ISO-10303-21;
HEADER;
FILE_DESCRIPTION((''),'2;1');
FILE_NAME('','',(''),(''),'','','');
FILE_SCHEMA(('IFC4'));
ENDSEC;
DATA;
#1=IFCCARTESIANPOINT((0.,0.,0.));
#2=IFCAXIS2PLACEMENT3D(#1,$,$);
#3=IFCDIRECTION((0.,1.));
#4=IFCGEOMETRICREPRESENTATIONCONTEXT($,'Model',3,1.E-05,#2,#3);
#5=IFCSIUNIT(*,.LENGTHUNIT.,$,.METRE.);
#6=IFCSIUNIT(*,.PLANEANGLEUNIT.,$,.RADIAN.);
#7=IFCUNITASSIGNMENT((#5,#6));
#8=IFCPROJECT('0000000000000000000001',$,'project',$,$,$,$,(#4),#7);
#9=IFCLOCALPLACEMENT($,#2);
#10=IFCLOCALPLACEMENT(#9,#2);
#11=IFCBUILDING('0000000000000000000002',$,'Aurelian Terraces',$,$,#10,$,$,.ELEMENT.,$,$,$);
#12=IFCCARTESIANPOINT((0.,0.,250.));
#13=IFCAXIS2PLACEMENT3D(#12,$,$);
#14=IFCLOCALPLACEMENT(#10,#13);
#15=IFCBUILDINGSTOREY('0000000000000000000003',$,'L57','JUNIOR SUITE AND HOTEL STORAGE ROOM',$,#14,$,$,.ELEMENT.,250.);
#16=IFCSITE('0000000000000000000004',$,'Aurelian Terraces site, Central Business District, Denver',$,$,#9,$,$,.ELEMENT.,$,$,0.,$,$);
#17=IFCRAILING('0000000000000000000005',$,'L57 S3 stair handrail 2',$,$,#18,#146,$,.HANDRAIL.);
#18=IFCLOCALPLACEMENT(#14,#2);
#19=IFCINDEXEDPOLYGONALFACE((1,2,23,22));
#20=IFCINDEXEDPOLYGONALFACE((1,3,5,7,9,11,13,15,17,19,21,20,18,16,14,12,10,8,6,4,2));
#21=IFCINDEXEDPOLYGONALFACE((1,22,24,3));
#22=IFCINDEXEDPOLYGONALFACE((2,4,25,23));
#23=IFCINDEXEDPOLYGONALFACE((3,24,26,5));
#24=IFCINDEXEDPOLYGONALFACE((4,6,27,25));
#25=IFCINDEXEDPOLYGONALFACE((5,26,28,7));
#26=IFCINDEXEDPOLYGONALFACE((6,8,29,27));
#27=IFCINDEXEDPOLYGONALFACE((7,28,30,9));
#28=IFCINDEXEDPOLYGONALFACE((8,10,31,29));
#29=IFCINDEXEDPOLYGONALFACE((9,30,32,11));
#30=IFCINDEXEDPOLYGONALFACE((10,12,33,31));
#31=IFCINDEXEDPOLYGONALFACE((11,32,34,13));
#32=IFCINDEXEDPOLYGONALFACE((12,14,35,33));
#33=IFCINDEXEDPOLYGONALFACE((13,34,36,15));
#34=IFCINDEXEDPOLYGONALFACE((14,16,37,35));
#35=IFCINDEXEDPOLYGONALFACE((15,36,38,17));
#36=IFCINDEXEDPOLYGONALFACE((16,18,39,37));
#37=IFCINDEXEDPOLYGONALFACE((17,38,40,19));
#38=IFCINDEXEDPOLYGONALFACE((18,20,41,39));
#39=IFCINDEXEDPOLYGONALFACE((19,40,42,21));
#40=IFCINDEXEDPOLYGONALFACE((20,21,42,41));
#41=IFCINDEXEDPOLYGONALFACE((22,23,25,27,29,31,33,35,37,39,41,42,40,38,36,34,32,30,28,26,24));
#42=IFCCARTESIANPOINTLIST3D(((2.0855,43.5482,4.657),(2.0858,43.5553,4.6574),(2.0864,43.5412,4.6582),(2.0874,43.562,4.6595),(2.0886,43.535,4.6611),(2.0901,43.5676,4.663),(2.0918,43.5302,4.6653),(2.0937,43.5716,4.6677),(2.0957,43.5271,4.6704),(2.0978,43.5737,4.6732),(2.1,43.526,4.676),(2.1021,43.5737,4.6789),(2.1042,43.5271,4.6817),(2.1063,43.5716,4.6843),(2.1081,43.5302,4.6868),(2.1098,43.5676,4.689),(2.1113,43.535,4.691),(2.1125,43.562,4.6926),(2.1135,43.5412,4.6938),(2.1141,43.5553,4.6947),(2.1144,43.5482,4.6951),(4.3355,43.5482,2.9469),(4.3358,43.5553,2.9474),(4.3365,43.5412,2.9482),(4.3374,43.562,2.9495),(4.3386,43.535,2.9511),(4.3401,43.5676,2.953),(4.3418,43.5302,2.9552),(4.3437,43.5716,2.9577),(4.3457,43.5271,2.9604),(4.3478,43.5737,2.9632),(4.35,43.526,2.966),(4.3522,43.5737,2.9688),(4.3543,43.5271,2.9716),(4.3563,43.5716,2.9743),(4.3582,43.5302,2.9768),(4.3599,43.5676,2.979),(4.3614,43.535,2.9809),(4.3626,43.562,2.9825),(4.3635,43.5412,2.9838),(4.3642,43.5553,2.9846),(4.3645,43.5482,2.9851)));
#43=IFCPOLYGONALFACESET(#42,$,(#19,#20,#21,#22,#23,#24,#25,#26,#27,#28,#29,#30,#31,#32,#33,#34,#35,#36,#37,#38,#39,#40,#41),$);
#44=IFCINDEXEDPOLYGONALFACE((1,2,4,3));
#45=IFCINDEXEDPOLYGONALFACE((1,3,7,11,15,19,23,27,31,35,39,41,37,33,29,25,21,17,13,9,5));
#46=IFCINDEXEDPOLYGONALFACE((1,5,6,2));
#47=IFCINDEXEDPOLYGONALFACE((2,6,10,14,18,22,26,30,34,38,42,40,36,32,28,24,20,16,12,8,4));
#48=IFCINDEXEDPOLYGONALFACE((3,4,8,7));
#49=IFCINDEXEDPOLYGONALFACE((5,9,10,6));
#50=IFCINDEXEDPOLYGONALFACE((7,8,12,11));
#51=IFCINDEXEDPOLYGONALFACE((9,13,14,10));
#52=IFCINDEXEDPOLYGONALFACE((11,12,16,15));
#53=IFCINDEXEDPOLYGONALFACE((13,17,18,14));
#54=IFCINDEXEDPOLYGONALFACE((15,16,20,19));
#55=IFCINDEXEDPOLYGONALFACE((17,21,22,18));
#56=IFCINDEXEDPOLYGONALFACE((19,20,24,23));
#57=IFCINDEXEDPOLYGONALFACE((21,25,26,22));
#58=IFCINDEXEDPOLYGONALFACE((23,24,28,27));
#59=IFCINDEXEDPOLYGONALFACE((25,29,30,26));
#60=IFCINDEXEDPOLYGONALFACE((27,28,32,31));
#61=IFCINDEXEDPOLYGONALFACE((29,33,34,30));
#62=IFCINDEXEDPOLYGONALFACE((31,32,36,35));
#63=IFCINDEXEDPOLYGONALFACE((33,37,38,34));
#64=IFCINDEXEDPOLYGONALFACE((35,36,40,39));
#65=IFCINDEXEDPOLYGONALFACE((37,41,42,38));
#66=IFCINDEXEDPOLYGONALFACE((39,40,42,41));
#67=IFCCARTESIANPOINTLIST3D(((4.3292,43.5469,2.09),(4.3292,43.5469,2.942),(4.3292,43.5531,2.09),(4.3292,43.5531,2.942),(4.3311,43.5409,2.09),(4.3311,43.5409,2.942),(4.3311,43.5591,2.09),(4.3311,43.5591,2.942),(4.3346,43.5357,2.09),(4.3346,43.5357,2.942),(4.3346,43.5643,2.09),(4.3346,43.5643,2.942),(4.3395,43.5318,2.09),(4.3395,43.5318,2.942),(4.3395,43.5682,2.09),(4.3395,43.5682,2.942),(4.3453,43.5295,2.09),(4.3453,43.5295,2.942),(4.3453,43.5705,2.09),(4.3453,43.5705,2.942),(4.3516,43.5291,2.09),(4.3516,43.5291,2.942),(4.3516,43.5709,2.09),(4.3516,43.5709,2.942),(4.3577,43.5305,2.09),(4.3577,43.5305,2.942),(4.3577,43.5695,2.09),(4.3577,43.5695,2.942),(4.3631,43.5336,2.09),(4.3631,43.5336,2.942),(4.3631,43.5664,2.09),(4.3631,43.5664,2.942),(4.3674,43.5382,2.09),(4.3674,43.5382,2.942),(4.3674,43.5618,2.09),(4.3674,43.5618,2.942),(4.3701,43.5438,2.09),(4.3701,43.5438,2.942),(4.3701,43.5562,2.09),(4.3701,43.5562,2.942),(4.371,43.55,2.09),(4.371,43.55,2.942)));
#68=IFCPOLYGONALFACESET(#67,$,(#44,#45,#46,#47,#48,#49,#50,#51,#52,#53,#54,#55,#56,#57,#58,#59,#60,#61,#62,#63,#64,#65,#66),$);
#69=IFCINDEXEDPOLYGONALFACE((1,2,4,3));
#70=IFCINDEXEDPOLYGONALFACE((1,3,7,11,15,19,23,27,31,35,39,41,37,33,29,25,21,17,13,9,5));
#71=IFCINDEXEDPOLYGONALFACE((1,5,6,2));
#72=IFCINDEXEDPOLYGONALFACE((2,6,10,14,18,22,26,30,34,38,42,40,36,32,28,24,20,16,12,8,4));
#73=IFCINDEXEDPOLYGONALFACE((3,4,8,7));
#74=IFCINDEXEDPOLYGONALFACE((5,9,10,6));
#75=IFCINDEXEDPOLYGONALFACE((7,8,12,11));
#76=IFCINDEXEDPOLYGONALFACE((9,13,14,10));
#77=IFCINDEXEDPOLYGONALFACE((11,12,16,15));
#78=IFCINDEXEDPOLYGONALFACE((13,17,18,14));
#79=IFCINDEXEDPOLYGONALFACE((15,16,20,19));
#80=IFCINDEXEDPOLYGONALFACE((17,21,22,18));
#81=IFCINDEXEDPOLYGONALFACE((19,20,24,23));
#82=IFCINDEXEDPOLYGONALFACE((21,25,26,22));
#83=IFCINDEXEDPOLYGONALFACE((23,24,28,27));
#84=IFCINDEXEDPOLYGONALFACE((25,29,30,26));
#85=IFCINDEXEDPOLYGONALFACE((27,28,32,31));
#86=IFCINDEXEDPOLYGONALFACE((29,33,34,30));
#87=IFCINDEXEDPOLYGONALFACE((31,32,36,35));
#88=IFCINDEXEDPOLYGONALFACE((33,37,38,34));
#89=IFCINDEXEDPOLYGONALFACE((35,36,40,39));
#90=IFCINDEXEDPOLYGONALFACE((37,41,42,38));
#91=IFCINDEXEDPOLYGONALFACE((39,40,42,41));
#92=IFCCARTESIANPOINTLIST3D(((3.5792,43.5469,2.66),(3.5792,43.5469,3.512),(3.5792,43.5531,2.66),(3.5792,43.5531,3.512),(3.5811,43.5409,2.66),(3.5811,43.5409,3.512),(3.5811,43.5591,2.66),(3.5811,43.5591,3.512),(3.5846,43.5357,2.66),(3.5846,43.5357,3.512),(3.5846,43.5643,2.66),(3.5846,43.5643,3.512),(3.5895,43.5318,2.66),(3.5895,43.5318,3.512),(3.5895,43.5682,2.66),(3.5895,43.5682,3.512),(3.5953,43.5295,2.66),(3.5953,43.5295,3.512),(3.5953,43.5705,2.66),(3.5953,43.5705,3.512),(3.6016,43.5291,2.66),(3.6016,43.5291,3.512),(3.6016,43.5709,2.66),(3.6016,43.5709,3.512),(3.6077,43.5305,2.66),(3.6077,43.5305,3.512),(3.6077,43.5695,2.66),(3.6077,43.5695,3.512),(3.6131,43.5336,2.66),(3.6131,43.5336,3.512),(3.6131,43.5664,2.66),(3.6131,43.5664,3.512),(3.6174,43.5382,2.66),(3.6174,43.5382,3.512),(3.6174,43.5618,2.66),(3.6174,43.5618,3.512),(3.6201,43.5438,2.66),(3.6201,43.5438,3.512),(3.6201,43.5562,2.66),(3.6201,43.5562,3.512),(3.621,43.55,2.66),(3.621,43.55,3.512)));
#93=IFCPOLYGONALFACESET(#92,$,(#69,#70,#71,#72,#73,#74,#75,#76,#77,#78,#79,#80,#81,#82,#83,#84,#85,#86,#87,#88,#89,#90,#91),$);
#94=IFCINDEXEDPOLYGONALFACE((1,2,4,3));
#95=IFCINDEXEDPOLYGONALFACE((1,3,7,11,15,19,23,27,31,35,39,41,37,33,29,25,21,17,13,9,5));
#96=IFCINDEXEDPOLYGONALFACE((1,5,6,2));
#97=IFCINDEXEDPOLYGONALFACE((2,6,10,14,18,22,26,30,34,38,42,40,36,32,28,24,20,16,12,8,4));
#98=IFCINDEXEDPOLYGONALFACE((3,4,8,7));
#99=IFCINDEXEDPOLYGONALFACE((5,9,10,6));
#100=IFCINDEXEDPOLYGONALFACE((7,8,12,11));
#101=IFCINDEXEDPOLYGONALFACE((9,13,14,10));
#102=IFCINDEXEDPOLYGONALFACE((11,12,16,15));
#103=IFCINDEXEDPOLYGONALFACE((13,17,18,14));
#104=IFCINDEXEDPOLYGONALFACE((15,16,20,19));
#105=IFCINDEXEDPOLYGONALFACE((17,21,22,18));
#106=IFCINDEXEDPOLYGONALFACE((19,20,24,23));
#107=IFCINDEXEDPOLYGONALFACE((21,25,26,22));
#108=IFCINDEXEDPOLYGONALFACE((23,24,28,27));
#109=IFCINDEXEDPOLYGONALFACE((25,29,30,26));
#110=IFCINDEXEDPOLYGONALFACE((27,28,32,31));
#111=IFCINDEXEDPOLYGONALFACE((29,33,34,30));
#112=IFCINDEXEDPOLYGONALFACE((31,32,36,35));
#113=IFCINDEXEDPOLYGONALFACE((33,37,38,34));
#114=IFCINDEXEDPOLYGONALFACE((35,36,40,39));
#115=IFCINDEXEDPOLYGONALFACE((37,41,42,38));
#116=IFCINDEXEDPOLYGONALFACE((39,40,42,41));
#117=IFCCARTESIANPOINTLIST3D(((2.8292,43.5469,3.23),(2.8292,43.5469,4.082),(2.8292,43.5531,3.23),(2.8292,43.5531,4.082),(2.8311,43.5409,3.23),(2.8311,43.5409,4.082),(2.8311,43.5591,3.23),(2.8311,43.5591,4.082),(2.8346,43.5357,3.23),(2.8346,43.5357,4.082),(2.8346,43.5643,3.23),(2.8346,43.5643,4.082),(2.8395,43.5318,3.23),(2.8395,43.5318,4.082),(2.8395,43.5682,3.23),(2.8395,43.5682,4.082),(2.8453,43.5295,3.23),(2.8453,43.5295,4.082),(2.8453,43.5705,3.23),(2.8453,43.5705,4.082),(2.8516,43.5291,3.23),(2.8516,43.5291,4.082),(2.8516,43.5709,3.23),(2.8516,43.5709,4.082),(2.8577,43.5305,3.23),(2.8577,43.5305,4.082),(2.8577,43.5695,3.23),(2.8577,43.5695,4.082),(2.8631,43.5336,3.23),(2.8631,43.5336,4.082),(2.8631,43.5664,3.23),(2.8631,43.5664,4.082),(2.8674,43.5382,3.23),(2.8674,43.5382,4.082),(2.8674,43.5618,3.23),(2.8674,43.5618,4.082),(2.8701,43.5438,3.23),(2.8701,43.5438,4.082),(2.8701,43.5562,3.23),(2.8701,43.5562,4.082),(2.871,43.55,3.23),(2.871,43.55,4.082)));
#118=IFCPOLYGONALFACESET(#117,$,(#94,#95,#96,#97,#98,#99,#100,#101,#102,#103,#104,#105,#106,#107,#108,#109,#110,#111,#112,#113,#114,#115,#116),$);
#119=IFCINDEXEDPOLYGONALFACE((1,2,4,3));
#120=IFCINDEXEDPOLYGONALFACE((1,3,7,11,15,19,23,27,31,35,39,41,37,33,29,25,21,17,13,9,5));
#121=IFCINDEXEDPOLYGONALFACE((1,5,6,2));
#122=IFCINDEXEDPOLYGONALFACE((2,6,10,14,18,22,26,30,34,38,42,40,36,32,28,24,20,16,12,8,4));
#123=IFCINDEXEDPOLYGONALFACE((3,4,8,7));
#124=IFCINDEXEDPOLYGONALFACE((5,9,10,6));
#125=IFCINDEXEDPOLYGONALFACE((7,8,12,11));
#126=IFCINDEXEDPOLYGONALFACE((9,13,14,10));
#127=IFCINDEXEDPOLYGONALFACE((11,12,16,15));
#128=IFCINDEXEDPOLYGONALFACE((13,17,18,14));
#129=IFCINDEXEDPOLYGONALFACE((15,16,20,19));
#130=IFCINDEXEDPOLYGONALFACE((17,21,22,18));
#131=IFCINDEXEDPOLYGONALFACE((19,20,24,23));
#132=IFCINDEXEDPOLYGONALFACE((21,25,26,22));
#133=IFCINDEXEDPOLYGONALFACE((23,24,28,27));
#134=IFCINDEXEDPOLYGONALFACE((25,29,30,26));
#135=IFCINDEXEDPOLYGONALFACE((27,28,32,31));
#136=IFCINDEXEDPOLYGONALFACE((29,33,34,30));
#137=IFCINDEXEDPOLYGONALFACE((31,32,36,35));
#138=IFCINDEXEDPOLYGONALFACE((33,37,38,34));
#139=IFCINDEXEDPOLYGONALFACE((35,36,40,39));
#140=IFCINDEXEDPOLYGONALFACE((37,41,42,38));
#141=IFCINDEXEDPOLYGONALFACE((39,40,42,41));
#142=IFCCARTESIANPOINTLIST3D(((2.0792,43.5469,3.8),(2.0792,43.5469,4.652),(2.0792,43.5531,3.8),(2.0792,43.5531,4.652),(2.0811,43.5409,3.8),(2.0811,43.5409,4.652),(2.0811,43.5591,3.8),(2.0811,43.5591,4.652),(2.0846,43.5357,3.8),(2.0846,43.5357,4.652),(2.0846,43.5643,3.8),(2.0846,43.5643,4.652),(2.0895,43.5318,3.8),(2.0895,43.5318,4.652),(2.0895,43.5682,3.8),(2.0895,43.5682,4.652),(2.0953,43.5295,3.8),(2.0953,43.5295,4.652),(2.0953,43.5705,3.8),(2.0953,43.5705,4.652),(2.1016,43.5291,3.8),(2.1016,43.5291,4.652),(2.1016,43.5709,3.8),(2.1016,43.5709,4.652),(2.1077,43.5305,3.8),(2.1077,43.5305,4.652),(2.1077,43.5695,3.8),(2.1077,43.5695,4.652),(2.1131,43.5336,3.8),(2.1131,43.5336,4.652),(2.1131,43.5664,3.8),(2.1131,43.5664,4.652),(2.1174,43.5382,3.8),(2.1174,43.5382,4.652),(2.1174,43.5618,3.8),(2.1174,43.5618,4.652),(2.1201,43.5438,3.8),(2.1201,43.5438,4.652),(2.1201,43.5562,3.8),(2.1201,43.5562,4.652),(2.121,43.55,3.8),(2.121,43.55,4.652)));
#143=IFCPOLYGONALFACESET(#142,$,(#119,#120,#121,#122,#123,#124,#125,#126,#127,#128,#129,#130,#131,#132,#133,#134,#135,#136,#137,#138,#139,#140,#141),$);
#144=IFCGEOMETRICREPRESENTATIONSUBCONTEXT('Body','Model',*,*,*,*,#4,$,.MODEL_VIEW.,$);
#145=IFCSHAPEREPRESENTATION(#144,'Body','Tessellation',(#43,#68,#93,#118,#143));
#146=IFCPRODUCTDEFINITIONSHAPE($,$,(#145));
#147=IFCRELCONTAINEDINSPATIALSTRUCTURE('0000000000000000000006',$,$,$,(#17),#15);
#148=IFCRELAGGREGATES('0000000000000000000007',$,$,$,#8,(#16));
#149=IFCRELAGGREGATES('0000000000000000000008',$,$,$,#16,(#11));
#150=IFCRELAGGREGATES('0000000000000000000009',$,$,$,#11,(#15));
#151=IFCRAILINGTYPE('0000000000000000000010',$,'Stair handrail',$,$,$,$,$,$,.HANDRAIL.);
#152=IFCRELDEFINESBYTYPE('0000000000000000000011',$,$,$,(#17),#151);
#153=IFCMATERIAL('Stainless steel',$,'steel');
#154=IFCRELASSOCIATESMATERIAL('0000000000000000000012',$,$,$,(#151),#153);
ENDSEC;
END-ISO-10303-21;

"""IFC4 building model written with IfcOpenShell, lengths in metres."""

from ifc_helpers import new_model, si_unit, direction, frame, origin, origin_2d, place, context, subcontext, project, spatial, circle, extrude, source, transform, mapped, material, type_object, element, save


model = new_model("IFC4")

# Units and contexts
model_context = context("Model", 3, precision=1e-05, world=origin(), true_north=direction((0.0, 1.0)))
body_context = subcontext(model_context, "Body", "Model", "MODEL_VIEW")
ifc_project = project(units=[si_unit("LENGTHUNIT", "METRE"), si_unit("PLANEANGLEUNIT", "RADIAN")], contexts=[model_context])

# Site, building, storey
site_placement = place(None, origin())
site = spatial("IfcSite", under=ifc_project, at=site_placement, Name="Aurelian Terraces site, Central Business District, Denver", CompositionType="ELEMENT", RefElevation=0.0)
building_placement = place(site_placement, origin())
building = spatial("IfcBuilding", under=site, at=building_placement, Name="Aurelian Terraces", CompositionType="ELEMENT")
storey_placement = place(building_placement, frame((0.0, 0.0, 250.0)))
storey = spatial("IfcBuildingStorey", under=building, at=storey_placement, Name="L57", Description="JUNIOR SUITE AND HOTEL STORAGE ROOM", CompositionType="ELEMENT", Elevation=250.0)

# Railing
ifc_material_1 = material(Name="Stainless steel", Category="steel")
railing_type_1 = type_object("IfcRailingType", Name="Stair handrail", PredefinedType="HANDRAIL", material=ifc_material_1)
shared_shape_1 = source(origin(), body_context, "Body", "SweptSolid", [
    extrude(circle(Radius=0.024, at=origin_2d()), frame((0.0, 0.0, 0.876), z_axis=(-0.796162, 0.0, 0.605083), x_axis=(0.0, -1.0, 0.0)), (0.0, 0.0, 1.0), 2.8261),
    extrude(circle(Radius=0.021, at=origin_2d()), origin(), (0.0, 0.0, 1.0), 0.852),
    extrude(circle(Radius=0.021, at=origin_2d()), frame((-0.75, 0.0, 0.57)), (0.0, 0.0, 1.0), 0.852),
    extrude(circle(Radius=0.021, at=origin_2d()), frame((-1.5, 0.0, 1.14)), (0.0, 0.0, 1.0), 0.852),
    extrude(circle(Radius=0.021, at=origin_2d()), frame((-2.25, 0.0, 1.71)), (0.0, 0.0, 1.0), 0.852),
])
railing_1_placement = place(storey_placement, frame((4.35, 43.55, 2.09)))
element("IfcRailing", 1, at=railing_1_placement, inside=storey, type_object=railing_type_1, Name="L57 S3 stair handrail 2", PredefinedType="HANDRAIL", context=body_context, shape_type="MappedRepresentation", body=[
    mapped(shared_shape_1, transform((0.0, 0.0, 0.0), scale=1.0)),
])

save(model, "model.ifc")
